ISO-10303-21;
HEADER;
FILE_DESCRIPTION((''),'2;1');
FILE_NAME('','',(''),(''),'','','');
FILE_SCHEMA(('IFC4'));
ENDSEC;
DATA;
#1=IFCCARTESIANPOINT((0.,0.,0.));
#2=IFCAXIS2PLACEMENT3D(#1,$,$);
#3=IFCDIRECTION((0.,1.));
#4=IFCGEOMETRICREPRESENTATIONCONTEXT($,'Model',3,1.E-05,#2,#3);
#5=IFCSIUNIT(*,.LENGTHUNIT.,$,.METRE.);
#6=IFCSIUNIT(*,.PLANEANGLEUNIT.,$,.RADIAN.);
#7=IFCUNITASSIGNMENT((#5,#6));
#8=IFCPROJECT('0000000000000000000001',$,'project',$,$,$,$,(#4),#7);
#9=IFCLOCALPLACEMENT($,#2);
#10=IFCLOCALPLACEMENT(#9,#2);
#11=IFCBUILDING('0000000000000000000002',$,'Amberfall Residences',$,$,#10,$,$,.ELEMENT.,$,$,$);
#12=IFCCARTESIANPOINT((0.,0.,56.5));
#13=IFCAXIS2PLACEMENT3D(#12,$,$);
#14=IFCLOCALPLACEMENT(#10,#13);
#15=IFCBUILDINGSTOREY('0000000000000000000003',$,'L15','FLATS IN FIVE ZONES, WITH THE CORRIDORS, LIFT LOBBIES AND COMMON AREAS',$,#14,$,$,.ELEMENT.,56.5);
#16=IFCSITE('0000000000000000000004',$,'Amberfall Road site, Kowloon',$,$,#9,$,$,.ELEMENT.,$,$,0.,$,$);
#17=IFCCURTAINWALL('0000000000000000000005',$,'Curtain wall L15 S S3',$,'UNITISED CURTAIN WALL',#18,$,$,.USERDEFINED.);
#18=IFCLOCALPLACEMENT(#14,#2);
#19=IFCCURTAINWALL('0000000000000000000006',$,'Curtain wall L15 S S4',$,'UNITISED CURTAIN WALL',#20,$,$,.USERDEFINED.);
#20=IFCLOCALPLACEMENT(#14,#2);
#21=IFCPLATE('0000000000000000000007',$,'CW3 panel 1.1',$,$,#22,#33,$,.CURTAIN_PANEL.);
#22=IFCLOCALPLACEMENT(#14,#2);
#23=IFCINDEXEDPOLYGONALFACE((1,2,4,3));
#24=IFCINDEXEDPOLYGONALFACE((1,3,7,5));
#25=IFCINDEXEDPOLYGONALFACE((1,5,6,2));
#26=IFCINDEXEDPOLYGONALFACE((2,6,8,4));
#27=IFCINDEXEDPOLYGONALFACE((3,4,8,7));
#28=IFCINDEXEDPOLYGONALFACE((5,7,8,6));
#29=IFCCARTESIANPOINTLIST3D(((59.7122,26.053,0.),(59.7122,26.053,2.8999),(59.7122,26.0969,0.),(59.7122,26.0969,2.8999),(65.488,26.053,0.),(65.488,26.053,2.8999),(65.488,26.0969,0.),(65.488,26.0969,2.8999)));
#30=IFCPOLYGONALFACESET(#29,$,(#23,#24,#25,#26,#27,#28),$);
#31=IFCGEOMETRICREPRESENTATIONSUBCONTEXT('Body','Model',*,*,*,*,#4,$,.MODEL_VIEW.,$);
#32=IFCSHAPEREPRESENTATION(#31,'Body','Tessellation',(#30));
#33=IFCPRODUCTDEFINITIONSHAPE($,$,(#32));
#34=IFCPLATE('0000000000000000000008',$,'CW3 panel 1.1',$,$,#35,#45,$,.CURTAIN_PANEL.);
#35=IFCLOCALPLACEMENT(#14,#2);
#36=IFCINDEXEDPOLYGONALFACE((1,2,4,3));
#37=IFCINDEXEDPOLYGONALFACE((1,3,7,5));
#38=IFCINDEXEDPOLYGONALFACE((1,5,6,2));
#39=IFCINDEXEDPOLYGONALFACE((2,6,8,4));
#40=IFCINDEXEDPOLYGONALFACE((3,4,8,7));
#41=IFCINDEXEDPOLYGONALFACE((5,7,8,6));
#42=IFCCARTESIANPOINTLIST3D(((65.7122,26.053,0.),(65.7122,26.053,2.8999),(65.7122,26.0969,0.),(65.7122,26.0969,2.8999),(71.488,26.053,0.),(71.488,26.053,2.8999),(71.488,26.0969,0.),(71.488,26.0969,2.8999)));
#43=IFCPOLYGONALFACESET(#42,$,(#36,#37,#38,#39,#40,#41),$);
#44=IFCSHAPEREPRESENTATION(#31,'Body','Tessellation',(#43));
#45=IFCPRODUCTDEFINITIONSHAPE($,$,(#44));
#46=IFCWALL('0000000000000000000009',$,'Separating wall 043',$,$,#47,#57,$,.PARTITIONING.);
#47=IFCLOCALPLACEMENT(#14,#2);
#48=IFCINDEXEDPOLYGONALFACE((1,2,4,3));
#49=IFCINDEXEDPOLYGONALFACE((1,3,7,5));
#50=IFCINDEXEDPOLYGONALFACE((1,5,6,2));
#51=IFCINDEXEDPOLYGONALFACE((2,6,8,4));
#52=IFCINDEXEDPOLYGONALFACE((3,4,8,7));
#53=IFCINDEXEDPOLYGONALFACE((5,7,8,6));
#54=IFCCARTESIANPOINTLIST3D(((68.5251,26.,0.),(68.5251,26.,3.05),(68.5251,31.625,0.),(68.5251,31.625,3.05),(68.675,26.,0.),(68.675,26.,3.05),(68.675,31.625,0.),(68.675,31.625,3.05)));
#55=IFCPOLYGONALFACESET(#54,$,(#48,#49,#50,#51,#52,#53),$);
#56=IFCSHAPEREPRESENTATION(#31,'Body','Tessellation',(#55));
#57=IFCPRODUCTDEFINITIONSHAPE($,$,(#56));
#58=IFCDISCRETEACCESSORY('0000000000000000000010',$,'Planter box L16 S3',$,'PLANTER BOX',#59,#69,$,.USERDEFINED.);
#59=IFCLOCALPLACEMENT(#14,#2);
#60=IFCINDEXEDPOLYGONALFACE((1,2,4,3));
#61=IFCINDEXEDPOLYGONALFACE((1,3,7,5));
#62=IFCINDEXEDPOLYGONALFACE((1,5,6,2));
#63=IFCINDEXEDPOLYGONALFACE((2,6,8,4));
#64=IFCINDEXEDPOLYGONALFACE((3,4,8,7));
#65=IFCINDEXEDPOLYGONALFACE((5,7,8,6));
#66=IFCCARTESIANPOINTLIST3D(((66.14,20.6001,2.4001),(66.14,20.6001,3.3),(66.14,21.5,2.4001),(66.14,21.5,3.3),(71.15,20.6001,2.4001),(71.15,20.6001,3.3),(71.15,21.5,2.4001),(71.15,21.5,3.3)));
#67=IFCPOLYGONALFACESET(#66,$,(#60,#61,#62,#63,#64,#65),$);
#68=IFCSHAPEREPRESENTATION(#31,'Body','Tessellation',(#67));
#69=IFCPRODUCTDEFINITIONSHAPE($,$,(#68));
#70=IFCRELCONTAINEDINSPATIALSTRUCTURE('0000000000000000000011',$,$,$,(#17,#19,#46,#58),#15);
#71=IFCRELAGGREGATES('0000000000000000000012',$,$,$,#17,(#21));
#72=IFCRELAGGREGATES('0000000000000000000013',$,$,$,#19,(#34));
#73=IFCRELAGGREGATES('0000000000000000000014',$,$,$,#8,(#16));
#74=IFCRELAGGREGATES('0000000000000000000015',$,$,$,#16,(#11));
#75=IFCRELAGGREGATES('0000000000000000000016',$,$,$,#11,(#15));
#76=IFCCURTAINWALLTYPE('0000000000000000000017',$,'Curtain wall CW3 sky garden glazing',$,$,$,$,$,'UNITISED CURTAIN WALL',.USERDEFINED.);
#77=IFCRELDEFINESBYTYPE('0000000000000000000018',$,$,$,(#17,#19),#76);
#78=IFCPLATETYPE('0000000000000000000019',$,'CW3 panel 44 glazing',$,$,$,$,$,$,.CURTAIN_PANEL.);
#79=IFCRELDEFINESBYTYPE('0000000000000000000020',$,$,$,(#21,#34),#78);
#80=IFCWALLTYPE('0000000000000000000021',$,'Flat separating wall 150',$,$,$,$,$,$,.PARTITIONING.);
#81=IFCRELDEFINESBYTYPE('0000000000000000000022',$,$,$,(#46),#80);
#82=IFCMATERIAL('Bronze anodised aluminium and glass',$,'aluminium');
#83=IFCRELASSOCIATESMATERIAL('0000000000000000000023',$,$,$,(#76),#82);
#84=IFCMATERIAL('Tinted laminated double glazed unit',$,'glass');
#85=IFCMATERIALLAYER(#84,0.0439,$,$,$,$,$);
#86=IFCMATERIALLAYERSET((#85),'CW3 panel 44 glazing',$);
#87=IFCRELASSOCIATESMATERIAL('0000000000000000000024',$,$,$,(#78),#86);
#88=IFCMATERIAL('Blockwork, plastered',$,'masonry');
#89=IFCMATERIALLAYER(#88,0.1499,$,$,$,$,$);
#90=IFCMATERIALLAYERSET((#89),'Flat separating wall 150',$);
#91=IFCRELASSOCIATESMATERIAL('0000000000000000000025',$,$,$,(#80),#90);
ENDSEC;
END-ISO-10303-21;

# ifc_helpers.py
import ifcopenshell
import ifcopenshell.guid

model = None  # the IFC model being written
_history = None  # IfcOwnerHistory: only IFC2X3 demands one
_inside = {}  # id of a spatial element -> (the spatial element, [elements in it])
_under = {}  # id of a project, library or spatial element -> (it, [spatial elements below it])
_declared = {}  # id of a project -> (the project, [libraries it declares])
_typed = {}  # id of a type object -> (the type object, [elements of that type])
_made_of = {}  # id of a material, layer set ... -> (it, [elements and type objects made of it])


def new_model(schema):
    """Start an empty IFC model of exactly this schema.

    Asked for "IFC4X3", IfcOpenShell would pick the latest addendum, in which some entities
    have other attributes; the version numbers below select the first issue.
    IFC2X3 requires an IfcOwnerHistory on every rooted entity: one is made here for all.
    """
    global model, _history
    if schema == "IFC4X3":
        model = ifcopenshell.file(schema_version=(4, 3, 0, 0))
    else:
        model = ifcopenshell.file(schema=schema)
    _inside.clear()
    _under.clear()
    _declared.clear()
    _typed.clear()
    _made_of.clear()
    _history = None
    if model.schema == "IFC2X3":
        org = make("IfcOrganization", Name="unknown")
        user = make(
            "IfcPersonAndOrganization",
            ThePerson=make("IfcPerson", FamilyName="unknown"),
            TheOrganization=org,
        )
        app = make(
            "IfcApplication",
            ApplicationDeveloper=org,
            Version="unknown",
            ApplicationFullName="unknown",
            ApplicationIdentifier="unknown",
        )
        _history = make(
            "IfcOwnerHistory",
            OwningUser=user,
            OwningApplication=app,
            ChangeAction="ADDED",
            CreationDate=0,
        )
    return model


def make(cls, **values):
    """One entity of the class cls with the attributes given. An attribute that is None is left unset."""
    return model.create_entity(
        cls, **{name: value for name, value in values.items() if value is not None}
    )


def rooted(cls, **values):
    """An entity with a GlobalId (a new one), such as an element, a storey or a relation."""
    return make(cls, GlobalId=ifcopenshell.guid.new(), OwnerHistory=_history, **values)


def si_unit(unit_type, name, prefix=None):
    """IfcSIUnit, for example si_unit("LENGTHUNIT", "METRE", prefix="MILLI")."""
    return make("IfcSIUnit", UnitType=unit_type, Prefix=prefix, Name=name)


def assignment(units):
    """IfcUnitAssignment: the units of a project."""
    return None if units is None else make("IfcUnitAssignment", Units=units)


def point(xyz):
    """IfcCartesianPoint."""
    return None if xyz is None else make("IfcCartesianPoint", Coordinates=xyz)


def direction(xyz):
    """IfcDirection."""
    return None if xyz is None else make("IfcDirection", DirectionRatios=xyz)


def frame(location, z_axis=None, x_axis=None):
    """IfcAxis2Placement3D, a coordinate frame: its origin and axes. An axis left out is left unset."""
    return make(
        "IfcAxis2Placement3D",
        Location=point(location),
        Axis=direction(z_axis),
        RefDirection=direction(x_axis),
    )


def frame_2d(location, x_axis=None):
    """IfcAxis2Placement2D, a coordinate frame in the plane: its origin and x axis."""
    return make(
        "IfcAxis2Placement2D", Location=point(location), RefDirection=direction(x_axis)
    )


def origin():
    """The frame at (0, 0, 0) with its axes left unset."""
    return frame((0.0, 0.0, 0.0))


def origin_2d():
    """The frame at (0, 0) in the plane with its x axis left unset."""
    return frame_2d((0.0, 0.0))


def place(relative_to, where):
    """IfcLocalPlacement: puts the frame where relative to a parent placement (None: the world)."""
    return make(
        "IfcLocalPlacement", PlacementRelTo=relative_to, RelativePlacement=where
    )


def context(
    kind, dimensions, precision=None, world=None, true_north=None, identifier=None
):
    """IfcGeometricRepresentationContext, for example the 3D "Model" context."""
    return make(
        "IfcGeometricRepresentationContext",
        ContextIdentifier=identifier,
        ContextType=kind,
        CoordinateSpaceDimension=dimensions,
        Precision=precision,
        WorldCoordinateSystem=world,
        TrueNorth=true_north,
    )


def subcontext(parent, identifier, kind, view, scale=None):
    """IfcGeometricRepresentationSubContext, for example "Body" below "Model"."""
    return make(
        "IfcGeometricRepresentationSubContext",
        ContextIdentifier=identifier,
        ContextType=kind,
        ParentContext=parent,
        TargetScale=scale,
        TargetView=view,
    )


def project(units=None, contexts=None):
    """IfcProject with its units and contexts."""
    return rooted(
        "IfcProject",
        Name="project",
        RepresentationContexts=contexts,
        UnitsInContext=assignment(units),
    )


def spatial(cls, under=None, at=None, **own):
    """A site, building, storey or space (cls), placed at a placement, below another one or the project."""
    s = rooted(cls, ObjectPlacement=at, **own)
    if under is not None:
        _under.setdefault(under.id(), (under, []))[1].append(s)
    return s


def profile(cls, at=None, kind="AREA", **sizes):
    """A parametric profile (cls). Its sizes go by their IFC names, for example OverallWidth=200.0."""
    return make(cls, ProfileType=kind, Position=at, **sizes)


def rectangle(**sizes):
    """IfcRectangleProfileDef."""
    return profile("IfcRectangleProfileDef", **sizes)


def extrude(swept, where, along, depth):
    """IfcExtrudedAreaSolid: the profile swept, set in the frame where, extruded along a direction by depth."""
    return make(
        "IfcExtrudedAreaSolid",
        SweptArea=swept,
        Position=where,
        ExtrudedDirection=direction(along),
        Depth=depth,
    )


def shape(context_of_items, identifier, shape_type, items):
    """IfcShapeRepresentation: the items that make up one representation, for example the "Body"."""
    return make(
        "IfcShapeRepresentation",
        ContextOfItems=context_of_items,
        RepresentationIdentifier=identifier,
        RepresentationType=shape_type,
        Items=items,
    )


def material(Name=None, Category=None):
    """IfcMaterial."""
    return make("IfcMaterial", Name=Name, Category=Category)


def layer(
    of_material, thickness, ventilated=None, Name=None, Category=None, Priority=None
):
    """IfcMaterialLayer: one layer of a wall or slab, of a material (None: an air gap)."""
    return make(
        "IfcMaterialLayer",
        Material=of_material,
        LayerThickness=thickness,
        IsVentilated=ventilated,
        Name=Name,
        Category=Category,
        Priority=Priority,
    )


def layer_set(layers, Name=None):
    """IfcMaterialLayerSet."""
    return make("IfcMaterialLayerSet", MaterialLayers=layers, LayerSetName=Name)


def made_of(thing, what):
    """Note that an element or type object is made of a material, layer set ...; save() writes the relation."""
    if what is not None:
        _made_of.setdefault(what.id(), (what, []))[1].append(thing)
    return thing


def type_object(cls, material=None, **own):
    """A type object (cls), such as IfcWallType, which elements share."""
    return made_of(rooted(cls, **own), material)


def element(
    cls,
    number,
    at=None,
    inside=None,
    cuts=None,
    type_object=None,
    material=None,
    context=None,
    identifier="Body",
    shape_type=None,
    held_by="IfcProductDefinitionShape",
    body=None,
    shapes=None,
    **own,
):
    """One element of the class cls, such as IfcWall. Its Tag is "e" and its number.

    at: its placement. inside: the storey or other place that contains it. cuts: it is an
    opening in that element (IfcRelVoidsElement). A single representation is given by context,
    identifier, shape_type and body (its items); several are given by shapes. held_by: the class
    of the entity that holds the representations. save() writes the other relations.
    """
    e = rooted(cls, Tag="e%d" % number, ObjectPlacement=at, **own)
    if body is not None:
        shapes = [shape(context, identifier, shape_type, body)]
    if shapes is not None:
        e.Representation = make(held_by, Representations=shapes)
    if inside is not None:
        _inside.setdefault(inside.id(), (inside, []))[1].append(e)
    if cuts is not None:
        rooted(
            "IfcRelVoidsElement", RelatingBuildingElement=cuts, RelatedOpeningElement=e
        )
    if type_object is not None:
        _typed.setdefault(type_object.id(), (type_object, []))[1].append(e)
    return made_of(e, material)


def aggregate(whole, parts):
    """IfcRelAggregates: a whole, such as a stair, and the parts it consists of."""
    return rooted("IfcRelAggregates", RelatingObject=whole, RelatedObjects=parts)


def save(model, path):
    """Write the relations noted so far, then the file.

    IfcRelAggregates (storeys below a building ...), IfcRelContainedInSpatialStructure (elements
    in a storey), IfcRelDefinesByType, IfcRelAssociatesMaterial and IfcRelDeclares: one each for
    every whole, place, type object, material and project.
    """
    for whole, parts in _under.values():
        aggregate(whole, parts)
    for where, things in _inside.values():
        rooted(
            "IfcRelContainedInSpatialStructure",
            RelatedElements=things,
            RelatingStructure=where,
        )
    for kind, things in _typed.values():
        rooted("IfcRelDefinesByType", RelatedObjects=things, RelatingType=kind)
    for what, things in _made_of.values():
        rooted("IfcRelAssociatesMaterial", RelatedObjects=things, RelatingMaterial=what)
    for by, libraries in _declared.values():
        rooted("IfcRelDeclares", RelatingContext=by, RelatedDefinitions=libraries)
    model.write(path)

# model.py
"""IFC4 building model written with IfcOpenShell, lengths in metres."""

from ifc_helpers import new_model, si_unit, direction, frame, frame_2d, origin, origin_2d, place, context, subcontext, project, spatial, rectangle, extrude, material, layer, layer_set, type_object, element, aggregate, save


model = new_model("IFC4")

# Units and contexts
model_context = context("Model", 3, precision=1e-05, world=origin(), true_north=direction((0.0, 1.0)))
body_context = subcontext(model_context, "Body", "Model", "MODEL_VIEW")
ifc_project = project(units=[si_unit("LENGTHUNIT", "METRE"), si_unit("PLANEANGLEUNIT", "RADIAN")], contexts=[model_context])

# Site, building, storey
site_placement = place(None, origin())
site = spatial("IfcSite", under=ifc_project, at=site_placement, Name="Amberfall Road site, Kowloon", CompositionType="ELEMENT", RefElevation=0.0)
building_placement = place(site_placement, origin())
building = spatial("IfcBuilding", under=site, at=building_placement, Name="Amberfall Residences", CompositionType="ELEMENT")
storey_placement = place(building_placement, frame((0.0, 0.0, 56.5)))
storey = spatial("IfcBuildingStorey", under=building, at=storey_placement, Name="L15", Description="FLATS IN FIVE ZONES, WITH THE CORRIDORS, LIFT LOBBIES AND COMMON AREAS", CompositionType="ELEMENT", Elevation=56.5)

# Curtain walls
ifc_material_1 = material(Name="Bronze anodised aluminium and glass", Category="aluminium")
curtain_wall_type = type_object("IfcCurtainWallType", Name="Curtain wall CW3 sky garden glazing", ElementType="UNITISED CURTAIN WALL", PredefinedType="USERDEFINED", material=ifc_material_1)
curtain_wall_1_placement = place(storey_placement, origin())
curtain_wall_1 = element("IfcCurtainWall", 1, at=curtain_wall_1_placement, inside=storey, type_object=curtain_wall_type, Name="Curtain wall L15 S S3", ObjectType="UNITISED CURTAIN WALL", PredefinedType="USERDEFINED")
curtain_wall_2_placement = place(storey_placement, origin())
curtain_wall_2 = element("IfcCurtainWall", 2, at=curtain_wall_2_placement, inside=storey, type_object=curtain_wall_type, Name="Curtain wall L15 S S4", ObjectType="UNITISED CURTAIN WALL", PredefinedType="USERDEFINED")

# Plates
ifc_material_2 = material(Name="Tinted laminated double glazed unit", Category="glass")
ifc_layer_1 = layer(ifc_material_2, 0.0439)
ifc_layer_set_1 = layer_set([ifc_layer_1], Name="CW3 panel 44 glazing")
plate_type = type_object("IfcPlateType", Name="CW3 panel 44 glazing", PredefinedType="CURTAIN_PANEL", material=ifc_layer_set_1)
plate_1_placement = place(storey_placement, frame((62.6001, 26.075, 0.0), z_axis=(0.0, 0.0, 1.0), x_axis=(1.0, 0.0, 0.0)))
plate_1 = element("IfcPlate", 3, at=plate_1_placement, type_object=plate_type, Name="CW3 panel 1.1", PredefinedType="CURTAIN_PANEL", context=body_context, shape_type="SweptSolid", body=[
    extrude(rectangle(XDim=5.7759, YDim=0.0439, at=origin_2d()), origin(), (0.0, 0.0, 1.0), 2.8999),
])
aggregate(curtain_wall_1, [plate_1])
plate_2_placement = place(storey_placement, frame((68.6001, 26.075, 0.0), z_axis=(0.0, 0.0, 1.0), x_axis=(1.0, 0.0, 0.0)))
plate_2 = element("IfcPlate", 4, at=plate_2_placement, type_object=plate_type, Name="CW3 panel 1.1", PredefinedType="CURTAIN_PANEL", context=body_context, shape_type="SweptSolid", body=[
    extrude(rectangle(XDim=5.7759, YDim=0.0439, at=origin_2d()), origin(), (0.0, 0.0, 1.0), 2.8999),
])
aggregate(curtain_wall_2, [plate_2])

# Wall
ifc_material_3 = material(Name="Blockwork, plastered", Category="masonry")
ifc_layer_2 = layer(ifc_material_3, 0.1499)
ifc_layer_set_2 = layer_set([ifc_layer_2], Name="Flat separating wall 150")
wall_type = type_object("IfcWallType", Name="Flat separating wall 150", PredefinedType="PARTITIONING", material=ifc_layer_set_2)
wall_placement = place(storey_placement, frame((68.6001, 26.0, 0.0), z_axis=(0.0, 0.0, 1.0), x_axis=(0.0, 1.0, 0.0)))
element("IfcWall", 5, at=wall_placement, inside=storey, type_object=wall_type, Name="Separating wall 043", PredefinedType="PARTITIONING", context=body_context, shape_type="SweptSolid", body=[
    extrude(rectangle(XDim=5.625, YDim=0.1499, at=frame_2d((2.8125, 0.0))), origin(), (0.0, 0.0, 1.0), 3.05),
])

# Discrete accessory
discrete_accessory_placement = place(storey_placement, frame((68.645, 21.05, 2.4001), z_axis=(0.0, 0.0, 1.0), x_axis=(1.0, 0.0, 0.0)))
element("IfcDiscreteAccessory", 6, at=discrete_accessory_placement, inside=storey, Name="Planter box L16 S3", ObjectType="PLANTER BOX", PredefinedType="USERDEFINED", context=body_context, shape_type="SweptSolid", body=[
    extrude(rectangle(XDim=5.01, YDim=0.8999, at=origin_2d()), origin(), (0.0, 0.0, 1.0), 0.8999),
])

save(model, "model.ifc")
